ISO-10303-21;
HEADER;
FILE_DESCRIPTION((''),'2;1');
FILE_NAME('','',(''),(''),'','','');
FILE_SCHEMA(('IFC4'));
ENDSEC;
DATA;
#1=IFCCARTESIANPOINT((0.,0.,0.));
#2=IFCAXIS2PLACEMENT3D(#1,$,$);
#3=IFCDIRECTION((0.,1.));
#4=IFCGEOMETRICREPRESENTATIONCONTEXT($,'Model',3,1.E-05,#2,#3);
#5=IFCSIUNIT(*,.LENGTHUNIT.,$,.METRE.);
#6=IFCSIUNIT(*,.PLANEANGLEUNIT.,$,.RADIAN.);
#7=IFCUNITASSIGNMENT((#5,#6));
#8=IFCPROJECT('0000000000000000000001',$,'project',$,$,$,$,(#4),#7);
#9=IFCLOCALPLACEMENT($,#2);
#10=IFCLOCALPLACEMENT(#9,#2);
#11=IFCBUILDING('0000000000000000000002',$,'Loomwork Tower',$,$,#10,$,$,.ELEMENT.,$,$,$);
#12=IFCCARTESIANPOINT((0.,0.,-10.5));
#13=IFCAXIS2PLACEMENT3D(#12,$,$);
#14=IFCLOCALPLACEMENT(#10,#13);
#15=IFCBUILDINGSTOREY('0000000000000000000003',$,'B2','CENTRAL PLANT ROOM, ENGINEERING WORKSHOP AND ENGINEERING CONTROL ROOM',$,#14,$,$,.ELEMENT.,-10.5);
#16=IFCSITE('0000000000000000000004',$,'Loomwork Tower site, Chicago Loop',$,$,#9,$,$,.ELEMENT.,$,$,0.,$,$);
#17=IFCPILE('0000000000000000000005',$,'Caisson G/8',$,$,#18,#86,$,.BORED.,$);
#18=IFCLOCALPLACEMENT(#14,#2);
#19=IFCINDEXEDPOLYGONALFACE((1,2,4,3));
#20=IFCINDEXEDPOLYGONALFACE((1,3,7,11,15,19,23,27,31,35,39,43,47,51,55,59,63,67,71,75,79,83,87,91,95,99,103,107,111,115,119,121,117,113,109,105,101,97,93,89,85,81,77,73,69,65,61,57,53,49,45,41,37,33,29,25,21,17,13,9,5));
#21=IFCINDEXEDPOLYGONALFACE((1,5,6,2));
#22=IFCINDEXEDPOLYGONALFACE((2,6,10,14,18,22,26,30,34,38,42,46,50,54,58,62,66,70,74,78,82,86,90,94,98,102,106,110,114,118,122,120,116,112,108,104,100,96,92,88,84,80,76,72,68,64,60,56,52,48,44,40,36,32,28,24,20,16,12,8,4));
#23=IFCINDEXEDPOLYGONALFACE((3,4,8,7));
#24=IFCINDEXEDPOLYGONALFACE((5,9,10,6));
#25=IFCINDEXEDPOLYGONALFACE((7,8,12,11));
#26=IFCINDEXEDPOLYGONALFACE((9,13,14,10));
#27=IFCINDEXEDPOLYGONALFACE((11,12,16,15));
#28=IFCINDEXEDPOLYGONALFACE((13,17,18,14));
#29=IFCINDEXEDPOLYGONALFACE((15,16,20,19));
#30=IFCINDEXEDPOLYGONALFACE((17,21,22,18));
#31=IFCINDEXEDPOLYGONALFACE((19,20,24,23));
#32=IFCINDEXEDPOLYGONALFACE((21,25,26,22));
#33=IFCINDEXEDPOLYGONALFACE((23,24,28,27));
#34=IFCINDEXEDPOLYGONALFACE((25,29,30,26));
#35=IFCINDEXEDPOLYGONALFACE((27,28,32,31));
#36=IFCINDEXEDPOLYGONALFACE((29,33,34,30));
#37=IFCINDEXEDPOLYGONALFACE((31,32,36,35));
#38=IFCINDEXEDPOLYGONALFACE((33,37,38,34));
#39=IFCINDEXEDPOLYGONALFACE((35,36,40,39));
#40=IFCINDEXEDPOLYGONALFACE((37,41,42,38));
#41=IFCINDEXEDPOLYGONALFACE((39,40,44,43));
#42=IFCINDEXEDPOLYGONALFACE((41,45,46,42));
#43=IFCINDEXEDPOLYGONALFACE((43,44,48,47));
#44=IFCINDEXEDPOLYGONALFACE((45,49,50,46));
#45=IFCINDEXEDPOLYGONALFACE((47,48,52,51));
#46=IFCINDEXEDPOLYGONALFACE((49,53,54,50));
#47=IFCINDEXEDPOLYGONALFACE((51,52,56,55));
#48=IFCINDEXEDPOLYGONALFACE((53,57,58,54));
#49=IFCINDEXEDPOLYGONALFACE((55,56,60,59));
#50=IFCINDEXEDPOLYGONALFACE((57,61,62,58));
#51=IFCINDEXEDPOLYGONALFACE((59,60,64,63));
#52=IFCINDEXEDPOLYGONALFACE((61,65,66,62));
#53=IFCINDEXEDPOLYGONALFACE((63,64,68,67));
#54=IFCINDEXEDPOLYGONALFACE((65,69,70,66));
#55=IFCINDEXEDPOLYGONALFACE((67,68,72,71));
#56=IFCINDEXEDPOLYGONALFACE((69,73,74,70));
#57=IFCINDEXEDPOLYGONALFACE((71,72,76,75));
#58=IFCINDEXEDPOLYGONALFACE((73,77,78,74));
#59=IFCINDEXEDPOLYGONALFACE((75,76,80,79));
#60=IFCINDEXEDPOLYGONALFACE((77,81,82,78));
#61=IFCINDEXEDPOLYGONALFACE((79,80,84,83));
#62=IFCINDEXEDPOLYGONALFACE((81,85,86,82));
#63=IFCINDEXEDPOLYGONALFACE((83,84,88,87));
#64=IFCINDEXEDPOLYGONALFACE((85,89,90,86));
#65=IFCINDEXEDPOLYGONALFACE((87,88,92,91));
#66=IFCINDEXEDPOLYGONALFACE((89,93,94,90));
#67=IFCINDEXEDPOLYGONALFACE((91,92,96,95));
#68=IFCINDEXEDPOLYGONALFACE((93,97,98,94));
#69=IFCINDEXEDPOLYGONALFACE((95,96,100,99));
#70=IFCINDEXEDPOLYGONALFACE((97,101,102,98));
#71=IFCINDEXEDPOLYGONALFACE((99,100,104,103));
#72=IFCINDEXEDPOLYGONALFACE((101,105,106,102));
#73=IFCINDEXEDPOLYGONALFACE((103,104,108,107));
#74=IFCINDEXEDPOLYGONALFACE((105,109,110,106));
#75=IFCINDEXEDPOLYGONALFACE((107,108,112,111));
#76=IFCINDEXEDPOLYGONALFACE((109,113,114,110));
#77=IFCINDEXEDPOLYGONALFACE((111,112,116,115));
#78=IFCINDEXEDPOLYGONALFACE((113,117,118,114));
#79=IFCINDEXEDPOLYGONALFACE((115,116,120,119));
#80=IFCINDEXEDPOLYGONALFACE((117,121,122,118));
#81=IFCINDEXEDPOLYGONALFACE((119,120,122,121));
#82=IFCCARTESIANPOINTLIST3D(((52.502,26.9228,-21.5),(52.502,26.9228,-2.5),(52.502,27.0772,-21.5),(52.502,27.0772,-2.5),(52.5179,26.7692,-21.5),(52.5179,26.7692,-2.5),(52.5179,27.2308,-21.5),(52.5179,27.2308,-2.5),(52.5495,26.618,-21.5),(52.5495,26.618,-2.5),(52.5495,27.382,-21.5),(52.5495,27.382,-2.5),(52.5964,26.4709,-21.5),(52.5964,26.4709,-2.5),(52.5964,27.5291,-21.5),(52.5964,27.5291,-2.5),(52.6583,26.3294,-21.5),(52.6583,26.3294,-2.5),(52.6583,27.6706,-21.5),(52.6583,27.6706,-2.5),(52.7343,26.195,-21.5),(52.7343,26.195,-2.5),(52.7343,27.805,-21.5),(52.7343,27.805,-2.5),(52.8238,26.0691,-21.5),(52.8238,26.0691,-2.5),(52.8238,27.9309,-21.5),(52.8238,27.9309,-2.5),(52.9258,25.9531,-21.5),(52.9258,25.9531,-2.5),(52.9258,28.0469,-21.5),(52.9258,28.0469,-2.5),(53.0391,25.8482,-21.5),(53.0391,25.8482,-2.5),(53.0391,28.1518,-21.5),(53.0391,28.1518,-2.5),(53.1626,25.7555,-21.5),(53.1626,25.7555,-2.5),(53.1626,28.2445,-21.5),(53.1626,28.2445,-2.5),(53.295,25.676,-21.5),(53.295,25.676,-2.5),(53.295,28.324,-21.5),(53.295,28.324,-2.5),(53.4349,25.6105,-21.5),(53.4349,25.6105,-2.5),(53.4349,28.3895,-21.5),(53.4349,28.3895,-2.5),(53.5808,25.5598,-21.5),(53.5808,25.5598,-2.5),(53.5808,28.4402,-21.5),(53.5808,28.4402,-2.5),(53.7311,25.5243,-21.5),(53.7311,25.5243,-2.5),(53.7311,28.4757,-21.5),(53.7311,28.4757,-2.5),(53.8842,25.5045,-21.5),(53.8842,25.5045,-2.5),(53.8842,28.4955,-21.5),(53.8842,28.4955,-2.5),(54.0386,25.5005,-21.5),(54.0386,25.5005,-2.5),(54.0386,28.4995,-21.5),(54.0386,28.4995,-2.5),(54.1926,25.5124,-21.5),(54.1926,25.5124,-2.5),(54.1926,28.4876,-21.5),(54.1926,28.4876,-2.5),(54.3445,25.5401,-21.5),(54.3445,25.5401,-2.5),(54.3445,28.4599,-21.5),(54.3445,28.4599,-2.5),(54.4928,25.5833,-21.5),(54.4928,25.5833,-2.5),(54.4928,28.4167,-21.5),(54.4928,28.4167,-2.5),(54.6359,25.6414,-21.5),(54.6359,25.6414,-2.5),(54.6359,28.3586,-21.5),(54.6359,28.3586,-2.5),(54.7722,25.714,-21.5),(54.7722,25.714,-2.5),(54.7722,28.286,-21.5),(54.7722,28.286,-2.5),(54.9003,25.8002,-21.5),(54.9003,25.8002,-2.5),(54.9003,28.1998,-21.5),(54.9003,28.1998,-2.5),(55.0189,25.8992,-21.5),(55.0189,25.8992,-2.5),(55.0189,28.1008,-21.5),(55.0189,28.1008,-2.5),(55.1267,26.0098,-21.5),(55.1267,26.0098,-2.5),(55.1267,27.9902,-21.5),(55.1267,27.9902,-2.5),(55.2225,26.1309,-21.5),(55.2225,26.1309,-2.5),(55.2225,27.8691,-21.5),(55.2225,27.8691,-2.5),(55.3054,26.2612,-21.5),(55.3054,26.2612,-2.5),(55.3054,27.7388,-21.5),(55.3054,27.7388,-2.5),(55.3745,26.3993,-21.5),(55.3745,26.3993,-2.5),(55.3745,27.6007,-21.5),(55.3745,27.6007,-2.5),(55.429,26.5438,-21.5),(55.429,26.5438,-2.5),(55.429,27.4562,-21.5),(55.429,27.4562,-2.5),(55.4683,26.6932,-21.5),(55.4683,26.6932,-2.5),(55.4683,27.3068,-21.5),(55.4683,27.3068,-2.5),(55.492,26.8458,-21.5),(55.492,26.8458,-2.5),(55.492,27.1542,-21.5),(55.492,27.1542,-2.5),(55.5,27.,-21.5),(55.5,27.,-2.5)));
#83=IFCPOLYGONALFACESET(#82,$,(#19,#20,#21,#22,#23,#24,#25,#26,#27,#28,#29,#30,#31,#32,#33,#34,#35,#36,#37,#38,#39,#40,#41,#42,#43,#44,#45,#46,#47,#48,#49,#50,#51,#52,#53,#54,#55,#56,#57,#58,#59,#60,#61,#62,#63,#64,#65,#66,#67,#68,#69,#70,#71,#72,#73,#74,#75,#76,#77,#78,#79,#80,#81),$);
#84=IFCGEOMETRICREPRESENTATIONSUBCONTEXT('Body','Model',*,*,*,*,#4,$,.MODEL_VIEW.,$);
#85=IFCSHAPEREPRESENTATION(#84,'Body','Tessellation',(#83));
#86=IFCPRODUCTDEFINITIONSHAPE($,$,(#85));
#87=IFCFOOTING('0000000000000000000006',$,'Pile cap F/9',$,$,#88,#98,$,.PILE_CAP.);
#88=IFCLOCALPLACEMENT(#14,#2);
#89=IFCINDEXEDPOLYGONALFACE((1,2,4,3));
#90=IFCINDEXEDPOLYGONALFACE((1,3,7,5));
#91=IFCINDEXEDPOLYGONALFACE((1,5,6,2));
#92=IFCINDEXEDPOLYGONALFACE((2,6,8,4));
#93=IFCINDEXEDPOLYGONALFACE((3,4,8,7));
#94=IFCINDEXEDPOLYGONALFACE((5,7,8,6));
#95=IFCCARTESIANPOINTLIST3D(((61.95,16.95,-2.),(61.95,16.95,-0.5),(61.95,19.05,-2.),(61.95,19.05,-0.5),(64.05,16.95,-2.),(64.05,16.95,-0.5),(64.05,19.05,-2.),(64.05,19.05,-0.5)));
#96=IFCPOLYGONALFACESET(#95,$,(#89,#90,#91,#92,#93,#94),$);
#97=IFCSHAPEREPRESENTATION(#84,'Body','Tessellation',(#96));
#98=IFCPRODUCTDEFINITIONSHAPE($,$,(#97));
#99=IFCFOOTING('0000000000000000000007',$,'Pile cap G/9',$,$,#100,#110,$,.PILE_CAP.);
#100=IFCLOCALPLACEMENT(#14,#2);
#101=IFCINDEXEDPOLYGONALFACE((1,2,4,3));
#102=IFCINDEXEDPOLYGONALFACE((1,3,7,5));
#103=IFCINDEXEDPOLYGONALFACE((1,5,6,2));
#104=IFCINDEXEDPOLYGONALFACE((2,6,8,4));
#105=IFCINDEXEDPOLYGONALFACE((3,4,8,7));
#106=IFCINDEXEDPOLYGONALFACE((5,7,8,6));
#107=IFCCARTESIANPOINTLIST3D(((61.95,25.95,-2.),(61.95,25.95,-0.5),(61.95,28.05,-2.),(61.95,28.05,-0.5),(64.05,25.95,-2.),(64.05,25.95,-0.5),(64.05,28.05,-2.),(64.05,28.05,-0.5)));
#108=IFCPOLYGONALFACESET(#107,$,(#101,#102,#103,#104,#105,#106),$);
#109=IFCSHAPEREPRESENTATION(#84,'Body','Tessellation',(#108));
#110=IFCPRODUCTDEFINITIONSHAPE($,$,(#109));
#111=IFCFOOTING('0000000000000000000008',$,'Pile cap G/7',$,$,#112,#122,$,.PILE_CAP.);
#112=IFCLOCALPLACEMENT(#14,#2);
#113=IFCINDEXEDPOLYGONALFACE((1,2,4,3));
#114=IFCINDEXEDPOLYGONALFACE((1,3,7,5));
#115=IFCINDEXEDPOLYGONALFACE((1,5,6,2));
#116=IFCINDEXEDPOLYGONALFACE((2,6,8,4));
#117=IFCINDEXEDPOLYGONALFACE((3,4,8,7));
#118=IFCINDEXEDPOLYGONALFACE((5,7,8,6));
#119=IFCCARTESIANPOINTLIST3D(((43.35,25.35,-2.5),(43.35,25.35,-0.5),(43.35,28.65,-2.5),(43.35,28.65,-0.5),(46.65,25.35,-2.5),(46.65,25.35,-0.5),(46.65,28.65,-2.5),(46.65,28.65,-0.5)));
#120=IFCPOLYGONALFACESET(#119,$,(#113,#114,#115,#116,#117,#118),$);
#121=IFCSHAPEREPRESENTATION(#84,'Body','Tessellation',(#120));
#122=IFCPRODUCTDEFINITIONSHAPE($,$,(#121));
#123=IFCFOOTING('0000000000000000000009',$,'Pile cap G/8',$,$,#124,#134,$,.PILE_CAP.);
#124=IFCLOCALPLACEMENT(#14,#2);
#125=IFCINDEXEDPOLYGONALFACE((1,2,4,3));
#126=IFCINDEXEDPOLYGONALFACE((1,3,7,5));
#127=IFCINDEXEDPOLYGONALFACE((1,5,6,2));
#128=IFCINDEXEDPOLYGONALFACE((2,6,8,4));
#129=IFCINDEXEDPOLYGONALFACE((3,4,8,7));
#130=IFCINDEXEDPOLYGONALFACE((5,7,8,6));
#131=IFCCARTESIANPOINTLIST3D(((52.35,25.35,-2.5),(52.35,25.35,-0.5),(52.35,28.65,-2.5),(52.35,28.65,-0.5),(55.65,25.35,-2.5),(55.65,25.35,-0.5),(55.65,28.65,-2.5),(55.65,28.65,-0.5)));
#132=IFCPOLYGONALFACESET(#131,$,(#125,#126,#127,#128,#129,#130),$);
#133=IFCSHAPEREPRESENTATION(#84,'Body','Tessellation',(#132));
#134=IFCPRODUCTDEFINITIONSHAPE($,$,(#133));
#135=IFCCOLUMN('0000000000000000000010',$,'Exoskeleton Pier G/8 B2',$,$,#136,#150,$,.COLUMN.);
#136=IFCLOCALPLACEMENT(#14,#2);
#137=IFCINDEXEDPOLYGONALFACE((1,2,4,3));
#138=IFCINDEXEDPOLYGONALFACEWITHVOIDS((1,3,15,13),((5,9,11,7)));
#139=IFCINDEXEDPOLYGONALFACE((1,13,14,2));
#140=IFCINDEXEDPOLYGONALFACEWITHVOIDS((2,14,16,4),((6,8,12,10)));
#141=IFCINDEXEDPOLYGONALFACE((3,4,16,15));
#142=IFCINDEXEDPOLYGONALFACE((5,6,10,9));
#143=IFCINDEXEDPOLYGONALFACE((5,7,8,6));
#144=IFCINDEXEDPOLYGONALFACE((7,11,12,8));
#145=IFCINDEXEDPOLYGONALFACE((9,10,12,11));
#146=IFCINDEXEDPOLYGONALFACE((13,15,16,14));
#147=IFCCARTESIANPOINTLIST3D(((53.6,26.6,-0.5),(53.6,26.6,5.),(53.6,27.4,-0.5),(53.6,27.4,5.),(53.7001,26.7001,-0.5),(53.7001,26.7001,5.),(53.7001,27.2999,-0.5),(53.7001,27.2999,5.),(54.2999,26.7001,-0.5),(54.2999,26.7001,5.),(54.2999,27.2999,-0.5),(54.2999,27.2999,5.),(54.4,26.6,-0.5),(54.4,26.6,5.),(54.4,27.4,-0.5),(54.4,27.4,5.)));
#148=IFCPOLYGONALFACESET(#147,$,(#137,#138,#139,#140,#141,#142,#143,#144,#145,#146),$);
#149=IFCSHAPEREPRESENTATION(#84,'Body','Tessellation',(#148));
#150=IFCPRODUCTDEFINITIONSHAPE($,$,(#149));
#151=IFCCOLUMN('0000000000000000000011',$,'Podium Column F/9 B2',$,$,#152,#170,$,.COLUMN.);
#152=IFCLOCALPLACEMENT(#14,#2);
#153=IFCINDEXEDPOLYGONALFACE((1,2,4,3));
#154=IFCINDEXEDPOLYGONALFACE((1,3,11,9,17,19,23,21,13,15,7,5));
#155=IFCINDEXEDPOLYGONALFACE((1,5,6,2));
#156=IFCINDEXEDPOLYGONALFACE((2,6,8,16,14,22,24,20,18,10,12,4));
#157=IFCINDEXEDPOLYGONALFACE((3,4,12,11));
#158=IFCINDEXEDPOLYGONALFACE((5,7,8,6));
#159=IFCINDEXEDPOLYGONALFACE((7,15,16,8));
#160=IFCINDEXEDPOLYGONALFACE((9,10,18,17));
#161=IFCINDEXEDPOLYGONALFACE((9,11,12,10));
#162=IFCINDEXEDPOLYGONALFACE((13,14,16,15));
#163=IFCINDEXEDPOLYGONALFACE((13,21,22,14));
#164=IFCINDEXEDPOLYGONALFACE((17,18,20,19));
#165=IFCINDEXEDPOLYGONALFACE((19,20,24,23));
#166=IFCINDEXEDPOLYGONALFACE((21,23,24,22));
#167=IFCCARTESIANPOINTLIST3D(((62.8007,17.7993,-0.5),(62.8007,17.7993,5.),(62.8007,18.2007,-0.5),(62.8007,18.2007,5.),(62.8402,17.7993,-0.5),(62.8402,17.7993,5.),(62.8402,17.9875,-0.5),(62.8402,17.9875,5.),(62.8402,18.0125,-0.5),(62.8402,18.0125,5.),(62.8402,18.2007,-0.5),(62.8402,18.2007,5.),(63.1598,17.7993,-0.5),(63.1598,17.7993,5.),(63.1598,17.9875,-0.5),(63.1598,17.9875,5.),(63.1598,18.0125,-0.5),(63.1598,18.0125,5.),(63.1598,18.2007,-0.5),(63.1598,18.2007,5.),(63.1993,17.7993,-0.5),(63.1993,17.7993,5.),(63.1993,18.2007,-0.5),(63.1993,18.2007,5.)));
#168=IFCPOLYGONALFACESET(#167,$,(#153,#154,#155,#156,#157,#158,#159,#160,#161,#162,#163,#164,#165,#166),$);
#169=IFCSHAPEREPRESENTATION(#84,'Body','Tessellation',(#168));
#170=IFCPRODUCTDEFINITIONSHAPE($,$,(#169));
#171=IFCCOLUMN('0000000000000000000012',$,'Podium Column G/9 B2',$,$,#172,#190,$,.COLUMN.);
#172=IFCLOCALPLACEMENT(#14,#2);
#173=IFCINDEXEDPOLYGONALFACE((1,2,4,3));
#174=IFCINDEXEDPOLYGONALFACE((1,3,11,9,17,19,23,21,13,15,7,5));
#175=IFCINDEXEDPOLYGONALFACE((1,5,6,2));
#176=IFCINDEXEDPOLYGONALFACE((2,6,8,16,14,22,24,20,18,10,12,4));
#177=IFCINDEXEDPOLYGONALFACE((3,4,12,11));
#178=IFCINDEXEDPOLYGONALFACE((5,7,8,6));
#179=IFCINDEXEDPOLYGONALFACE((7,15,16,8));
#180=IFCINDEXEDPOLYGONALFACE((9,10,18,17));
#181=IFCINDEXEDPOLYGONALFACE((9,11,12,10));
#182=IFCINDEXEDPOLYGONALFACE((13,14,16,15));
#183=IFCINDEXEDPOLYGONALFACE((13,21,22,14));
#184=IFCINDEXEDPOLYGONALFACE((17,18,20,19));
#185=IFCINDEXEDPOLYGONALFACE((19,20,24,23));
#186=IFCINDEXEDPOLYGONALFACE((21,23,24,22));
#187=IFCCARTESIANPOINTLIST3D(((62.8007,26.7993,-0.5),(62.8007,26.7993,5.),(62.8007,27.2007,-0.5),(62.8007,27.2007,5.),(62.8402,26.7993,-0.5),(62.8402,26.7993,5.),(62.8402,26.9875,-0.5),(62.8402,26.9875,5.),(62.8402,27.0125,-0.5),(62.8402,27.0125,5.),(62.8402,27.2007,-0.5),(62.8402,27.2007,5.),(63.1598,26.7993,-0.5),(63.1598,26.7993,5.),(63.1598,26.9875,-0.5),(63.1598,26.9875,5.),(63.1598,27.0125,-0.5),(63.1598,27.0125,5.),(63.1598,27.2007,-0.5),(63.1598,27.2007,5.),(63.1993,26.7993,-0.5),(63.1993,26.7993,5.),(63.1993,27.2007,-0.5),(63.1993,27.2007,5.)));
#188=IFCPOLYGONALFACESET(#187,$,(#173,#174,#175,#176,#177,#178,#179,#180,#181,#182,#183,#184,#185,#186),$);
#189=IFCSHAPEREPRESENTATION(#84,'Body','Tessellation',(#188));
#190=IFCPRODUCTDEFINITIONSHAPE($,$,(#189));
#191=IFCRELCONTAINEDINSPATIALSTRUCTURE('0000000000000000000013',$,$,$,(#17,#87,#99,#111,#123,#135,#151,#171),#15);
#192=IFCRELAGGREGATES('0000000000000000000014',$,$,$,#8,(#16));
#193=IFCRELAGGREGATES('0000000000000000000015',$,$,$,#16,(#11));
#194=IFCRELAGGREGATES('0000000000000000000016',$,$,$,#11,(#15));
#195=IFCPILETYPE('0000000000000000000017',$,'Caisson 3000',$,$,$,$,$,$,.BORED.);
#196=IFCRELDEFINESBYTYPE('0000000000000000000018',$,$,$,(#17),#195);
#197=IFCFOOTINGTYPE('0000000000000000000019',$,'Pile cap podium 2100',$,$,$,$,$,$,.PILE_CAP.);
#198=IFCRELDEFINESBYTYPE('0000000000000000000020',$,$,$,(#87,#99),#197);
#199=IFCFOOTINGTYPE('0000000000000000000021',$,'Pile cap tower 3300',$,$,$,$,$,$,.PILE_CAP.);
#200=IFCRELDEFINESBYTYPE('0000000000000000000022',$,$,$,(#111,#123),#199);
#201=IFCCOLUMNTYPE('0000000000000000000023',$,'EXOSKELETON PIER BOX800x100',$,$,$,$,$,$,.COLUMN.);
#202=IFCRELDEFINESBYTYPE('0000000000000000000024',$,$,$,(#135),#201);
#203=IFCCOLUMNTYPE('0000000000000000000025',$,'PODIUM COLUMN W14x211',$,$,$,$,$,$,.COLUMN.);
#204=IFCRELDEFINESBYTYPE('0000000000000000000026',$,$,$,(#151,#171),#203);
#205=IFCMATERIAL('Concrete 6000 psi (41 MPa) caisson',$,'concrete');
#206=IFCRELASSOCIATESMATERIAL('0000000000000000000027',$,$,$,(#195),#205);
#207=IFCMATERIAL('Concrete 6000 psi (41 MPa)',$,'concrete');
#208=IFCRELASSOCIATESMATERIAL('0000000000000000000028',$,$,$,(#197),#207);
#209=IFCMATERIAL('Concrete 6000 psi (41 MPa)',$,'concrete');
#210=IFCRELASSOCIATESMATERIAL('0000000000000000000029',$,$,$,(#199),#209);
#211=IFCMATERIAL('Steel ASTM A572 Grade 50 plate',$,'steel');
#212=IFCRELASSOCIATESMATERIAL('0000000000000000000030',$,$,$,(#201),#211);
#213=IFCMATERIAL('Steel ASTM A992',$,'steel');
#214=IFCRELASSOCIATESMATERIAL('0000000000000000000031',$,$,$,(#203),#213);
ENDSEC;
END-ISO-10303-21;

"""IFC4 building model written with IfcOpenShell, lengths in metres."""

from ifc_helpers import new_model, si_unit, direction, frame, origin, origin_2d, place, context, subcontext, project, spatial, rectangle, hollow_rectangle, circle, i_section, extrude, material, material_profile, profile_set, type_object, element, save


model = new_model("IFC4")

# Units and contexts
model_context = context("Model", 3, precision=1e-05, world=origin(), true_north=direction((0.0, 1.0)))
body_context = subcontext(model_context, "Body", "Model", "MODEL_VIEW")
ifc_project = project(units=[si_unit("LENGTHUNIT", "METRE"), si_unit("PLANEANGLEUNIT", "RADIAN")], contexts=[model_context])

# Site, building, storey
site_placement = place(None, origin())
site = spatial("IfcSite", under=ifc_project, at=site_placement, Name="Loomwork Tower site, Chicago Loop", CompositionType="ELEMENT", RefElevation=0.0)
building_placement = place(site_placement, origin())
building = spatial("IfcBuilding", under=site, at=building_placement, Name="Loomwork Tower", CompositionType="ELEMENT")
storey_placement = place(building_placement, frame((0.0, 0.0, -10.5)))
storey = spatial("IfcBuildingStorey", under=building, at=storey_placement, Name="B2", Description="CENTRAL PLANT ROOM, ENGINEERING WORKSHOP AND ENGINEERING CONTROL ROOM", CompositionType="ELEMENT", Elevation=-10.5)

# Pile
ifc_material_1 = material(Name="Concrete 6000 psi (41 MPa) caisson", Category="concrete")
ifc_material_profile_1 = material_profile(ifc_material_1, circle(Radius=1.5, at=origin_2d()), Name="D3000")
ifc_profile_set_1 = profile_set([ifc_material_profile_1], Name="Concrete 6000 psi (41 MPa) caisson")
pile_type_1 = type_object("IfcPileType", Name="Caisson 3000", PredefinedType="BORED", material=ifc_profile_set_1)
for number, where, z_axis, x_axis, name in (
    (1, (54.0, 27.0, -2.5), (0.0, 0.0, -1.0), (1.0, 0.0, 0.0), "Caisson G/8"),
):
    element("IfcPile", number, at=place(storey_placement, frame(where, z_axis=z_axis, x_axis=x_axis)), inside=storey, type_object=pile_type_1, Name=name, PredefinedType="BORED", context=body_context, shape_type="SweptSolid", body=[
        extrude(circle(Radius=1.5, at=origin_2d()), origin(), (0.0, 0.0, 1.0), 19.0),
    ])

# Footings
ifc_material_2 = material(Name="Concrete 6000 psi (41 MPa)", Category="concrete")
footing_type_1 = type_object("IfcFootingType", Name="Pile cap podium 2100", PredefinedType="PILE_CAP", material=ifc_material_2)
for number, where, z_axis, x_axis, name in (
    (2, (63.0, 18.0, -2.0), (0.0, 0.0, 1.0), (1.0, 0.0, 0.0), "Pile cap F/9"),
    (3, (63.0, 27.0, -2.0), (0.0, 0.0, 1.0), (1.0, 0.0, 0.0), "Pile cap G/9"),
):
    element("IfcFooting", number, at=place(storey_placement, frame(where, z_axis=z_axis, x_axis=x_axis)), inside=storey, type_object=footing_type_1, Name=name, PredefinedType="PILE_CAP", context=body_context, shape_type="SweptSolid", body=[
        extrude(rectangle(XDim=2.1001, YDim=2.1001, at=origin_2d()), origin(), (0.0, 0.0, 1.0), 1.5),
    ])
ifc_material_3 = material(Name="Concrete 6000 psi (41 MPa)", Category="concrete")
footing_type_2 = type_object("IfcFootingType", Name="Pile cap tower 3300", PredefinedType="PILE_CAP", material=ifc_material_3)
for number, where, z_axis, x_axis, name in (
    (4, (45.0, 27.0, -2.5), (0.0, 0.0, 1.0), (1.0, 0.0, 0.0), "Pile cap G/7"),
    (5, (54.0, 27.0, -2.5), (0.0, 0.0, 1.0), (1.0, 0.0, 0.0), "Pile cap G/8"),
):
    element("IfcFooting", number, at=place(storey_placement, frame(where, z_axis=z_axis, x_axis=x_axis)), inside=storey, type_object=footing_type_2, Name=name, PredefinedType="PILE_CAP", context=body_context, shape_type="SweptSolid", body=[
        extrude(rectangle(XDim=3.3, YDim=3.3, at=origin_2d()), origin(), (0.0, 0.0, 1.0), 2.0),
    ])

# Columns
ifc_material_4 = material(Name="Steel ASTM A572 Grade 50 plate", Category="steel")
ifc_material_profile_2 = material_profile(ifc_material_4, hollow_rectangle(XDim=0.8, YDim=0.8, WallThickness=0.1001, at=origin_2d()), Name="BOX800x100")
ifc_profile_set_2 = profile_set([ifc_material_profile_2], Name="Steel ASTM A572 Grade 50 plate")
column_type_1 = type_object("IfcColumnType", Name="EXOSKELETON PIER BOX800x100", PredefinedType="COLUMN", material=ifc_profile_set_2)
column_1_placement = place(storey_placement, frame((54.0, 27.0, -0.5), z_axis=(0.0, 0.0, 1.0), x_axis=(0.0, 1.0, 0.0)))
element("IfcColumn", 6, at=column_1_placement, inside=storey, type_object=column_type_1, Name="Exoskeleton Pier G/8 B2", PredefinedType="COLUMN", context=body_context, shape_type="SweptSolid", body=[
    extrude(hollow_rectangle(XDim=0.8, YDim=0.8, WallThickness=0.1001, at=origin_2d()), origin(), (0.0, 0.0, 1.0), 5.5),
])
ifc_material_5 = material(Name="Steel ASTM A992", Category="steel")
ifc_material_profile_3 = material_profile(ifc_material_5, i_section(OverallWidth=0.4014, OverallDepth=0.3987, WebThickness=0.0249, FlangeThickness=0.0396, at=origin_2d()), Name="W14x211")
ifc_profile_set_3 = profile_set([ifc_material_profile_3], Name="Steel ASTM A992")
column_type_2 = type_object("IfcColumnType", Name="PODIUM COLUMN W14x211", PredefinedType="COLUMN", material=ifc_profile_set_3)
for number, where, z_axis, x_axis, name in (
    (7, (63.0, 18.0, -0.5), (0.0, 0.0, 1.0), (0.0, 1.0, 0.0), "Podium Column F/9 B2"),
    (8, (63.0, 27.0, -0.5), (0.0, 0.0, 1.0), (0.0, 1.0, 0.0), "Podium Column G/9 B2"),
):
    element("IfcColumn", number, at=place(storey_placement, frame(where, z_axis=z_axis, x_axis=x_axis)), inside=storey, type_object=column_type_2, Name=name, PredefinedType="COLUMN", context=body_context, shape_type="SweptSolid", body=[
        extrude(i_section(OverallWidth=0.4014, OverallDepth=0.3987, WebThickness=0.0249, FlangeThickness=0.0396, at=origin_2d()), origin(), (0.0, 0.0, 1.0), 5.5),
    ])

save(model, "model.ifc")
